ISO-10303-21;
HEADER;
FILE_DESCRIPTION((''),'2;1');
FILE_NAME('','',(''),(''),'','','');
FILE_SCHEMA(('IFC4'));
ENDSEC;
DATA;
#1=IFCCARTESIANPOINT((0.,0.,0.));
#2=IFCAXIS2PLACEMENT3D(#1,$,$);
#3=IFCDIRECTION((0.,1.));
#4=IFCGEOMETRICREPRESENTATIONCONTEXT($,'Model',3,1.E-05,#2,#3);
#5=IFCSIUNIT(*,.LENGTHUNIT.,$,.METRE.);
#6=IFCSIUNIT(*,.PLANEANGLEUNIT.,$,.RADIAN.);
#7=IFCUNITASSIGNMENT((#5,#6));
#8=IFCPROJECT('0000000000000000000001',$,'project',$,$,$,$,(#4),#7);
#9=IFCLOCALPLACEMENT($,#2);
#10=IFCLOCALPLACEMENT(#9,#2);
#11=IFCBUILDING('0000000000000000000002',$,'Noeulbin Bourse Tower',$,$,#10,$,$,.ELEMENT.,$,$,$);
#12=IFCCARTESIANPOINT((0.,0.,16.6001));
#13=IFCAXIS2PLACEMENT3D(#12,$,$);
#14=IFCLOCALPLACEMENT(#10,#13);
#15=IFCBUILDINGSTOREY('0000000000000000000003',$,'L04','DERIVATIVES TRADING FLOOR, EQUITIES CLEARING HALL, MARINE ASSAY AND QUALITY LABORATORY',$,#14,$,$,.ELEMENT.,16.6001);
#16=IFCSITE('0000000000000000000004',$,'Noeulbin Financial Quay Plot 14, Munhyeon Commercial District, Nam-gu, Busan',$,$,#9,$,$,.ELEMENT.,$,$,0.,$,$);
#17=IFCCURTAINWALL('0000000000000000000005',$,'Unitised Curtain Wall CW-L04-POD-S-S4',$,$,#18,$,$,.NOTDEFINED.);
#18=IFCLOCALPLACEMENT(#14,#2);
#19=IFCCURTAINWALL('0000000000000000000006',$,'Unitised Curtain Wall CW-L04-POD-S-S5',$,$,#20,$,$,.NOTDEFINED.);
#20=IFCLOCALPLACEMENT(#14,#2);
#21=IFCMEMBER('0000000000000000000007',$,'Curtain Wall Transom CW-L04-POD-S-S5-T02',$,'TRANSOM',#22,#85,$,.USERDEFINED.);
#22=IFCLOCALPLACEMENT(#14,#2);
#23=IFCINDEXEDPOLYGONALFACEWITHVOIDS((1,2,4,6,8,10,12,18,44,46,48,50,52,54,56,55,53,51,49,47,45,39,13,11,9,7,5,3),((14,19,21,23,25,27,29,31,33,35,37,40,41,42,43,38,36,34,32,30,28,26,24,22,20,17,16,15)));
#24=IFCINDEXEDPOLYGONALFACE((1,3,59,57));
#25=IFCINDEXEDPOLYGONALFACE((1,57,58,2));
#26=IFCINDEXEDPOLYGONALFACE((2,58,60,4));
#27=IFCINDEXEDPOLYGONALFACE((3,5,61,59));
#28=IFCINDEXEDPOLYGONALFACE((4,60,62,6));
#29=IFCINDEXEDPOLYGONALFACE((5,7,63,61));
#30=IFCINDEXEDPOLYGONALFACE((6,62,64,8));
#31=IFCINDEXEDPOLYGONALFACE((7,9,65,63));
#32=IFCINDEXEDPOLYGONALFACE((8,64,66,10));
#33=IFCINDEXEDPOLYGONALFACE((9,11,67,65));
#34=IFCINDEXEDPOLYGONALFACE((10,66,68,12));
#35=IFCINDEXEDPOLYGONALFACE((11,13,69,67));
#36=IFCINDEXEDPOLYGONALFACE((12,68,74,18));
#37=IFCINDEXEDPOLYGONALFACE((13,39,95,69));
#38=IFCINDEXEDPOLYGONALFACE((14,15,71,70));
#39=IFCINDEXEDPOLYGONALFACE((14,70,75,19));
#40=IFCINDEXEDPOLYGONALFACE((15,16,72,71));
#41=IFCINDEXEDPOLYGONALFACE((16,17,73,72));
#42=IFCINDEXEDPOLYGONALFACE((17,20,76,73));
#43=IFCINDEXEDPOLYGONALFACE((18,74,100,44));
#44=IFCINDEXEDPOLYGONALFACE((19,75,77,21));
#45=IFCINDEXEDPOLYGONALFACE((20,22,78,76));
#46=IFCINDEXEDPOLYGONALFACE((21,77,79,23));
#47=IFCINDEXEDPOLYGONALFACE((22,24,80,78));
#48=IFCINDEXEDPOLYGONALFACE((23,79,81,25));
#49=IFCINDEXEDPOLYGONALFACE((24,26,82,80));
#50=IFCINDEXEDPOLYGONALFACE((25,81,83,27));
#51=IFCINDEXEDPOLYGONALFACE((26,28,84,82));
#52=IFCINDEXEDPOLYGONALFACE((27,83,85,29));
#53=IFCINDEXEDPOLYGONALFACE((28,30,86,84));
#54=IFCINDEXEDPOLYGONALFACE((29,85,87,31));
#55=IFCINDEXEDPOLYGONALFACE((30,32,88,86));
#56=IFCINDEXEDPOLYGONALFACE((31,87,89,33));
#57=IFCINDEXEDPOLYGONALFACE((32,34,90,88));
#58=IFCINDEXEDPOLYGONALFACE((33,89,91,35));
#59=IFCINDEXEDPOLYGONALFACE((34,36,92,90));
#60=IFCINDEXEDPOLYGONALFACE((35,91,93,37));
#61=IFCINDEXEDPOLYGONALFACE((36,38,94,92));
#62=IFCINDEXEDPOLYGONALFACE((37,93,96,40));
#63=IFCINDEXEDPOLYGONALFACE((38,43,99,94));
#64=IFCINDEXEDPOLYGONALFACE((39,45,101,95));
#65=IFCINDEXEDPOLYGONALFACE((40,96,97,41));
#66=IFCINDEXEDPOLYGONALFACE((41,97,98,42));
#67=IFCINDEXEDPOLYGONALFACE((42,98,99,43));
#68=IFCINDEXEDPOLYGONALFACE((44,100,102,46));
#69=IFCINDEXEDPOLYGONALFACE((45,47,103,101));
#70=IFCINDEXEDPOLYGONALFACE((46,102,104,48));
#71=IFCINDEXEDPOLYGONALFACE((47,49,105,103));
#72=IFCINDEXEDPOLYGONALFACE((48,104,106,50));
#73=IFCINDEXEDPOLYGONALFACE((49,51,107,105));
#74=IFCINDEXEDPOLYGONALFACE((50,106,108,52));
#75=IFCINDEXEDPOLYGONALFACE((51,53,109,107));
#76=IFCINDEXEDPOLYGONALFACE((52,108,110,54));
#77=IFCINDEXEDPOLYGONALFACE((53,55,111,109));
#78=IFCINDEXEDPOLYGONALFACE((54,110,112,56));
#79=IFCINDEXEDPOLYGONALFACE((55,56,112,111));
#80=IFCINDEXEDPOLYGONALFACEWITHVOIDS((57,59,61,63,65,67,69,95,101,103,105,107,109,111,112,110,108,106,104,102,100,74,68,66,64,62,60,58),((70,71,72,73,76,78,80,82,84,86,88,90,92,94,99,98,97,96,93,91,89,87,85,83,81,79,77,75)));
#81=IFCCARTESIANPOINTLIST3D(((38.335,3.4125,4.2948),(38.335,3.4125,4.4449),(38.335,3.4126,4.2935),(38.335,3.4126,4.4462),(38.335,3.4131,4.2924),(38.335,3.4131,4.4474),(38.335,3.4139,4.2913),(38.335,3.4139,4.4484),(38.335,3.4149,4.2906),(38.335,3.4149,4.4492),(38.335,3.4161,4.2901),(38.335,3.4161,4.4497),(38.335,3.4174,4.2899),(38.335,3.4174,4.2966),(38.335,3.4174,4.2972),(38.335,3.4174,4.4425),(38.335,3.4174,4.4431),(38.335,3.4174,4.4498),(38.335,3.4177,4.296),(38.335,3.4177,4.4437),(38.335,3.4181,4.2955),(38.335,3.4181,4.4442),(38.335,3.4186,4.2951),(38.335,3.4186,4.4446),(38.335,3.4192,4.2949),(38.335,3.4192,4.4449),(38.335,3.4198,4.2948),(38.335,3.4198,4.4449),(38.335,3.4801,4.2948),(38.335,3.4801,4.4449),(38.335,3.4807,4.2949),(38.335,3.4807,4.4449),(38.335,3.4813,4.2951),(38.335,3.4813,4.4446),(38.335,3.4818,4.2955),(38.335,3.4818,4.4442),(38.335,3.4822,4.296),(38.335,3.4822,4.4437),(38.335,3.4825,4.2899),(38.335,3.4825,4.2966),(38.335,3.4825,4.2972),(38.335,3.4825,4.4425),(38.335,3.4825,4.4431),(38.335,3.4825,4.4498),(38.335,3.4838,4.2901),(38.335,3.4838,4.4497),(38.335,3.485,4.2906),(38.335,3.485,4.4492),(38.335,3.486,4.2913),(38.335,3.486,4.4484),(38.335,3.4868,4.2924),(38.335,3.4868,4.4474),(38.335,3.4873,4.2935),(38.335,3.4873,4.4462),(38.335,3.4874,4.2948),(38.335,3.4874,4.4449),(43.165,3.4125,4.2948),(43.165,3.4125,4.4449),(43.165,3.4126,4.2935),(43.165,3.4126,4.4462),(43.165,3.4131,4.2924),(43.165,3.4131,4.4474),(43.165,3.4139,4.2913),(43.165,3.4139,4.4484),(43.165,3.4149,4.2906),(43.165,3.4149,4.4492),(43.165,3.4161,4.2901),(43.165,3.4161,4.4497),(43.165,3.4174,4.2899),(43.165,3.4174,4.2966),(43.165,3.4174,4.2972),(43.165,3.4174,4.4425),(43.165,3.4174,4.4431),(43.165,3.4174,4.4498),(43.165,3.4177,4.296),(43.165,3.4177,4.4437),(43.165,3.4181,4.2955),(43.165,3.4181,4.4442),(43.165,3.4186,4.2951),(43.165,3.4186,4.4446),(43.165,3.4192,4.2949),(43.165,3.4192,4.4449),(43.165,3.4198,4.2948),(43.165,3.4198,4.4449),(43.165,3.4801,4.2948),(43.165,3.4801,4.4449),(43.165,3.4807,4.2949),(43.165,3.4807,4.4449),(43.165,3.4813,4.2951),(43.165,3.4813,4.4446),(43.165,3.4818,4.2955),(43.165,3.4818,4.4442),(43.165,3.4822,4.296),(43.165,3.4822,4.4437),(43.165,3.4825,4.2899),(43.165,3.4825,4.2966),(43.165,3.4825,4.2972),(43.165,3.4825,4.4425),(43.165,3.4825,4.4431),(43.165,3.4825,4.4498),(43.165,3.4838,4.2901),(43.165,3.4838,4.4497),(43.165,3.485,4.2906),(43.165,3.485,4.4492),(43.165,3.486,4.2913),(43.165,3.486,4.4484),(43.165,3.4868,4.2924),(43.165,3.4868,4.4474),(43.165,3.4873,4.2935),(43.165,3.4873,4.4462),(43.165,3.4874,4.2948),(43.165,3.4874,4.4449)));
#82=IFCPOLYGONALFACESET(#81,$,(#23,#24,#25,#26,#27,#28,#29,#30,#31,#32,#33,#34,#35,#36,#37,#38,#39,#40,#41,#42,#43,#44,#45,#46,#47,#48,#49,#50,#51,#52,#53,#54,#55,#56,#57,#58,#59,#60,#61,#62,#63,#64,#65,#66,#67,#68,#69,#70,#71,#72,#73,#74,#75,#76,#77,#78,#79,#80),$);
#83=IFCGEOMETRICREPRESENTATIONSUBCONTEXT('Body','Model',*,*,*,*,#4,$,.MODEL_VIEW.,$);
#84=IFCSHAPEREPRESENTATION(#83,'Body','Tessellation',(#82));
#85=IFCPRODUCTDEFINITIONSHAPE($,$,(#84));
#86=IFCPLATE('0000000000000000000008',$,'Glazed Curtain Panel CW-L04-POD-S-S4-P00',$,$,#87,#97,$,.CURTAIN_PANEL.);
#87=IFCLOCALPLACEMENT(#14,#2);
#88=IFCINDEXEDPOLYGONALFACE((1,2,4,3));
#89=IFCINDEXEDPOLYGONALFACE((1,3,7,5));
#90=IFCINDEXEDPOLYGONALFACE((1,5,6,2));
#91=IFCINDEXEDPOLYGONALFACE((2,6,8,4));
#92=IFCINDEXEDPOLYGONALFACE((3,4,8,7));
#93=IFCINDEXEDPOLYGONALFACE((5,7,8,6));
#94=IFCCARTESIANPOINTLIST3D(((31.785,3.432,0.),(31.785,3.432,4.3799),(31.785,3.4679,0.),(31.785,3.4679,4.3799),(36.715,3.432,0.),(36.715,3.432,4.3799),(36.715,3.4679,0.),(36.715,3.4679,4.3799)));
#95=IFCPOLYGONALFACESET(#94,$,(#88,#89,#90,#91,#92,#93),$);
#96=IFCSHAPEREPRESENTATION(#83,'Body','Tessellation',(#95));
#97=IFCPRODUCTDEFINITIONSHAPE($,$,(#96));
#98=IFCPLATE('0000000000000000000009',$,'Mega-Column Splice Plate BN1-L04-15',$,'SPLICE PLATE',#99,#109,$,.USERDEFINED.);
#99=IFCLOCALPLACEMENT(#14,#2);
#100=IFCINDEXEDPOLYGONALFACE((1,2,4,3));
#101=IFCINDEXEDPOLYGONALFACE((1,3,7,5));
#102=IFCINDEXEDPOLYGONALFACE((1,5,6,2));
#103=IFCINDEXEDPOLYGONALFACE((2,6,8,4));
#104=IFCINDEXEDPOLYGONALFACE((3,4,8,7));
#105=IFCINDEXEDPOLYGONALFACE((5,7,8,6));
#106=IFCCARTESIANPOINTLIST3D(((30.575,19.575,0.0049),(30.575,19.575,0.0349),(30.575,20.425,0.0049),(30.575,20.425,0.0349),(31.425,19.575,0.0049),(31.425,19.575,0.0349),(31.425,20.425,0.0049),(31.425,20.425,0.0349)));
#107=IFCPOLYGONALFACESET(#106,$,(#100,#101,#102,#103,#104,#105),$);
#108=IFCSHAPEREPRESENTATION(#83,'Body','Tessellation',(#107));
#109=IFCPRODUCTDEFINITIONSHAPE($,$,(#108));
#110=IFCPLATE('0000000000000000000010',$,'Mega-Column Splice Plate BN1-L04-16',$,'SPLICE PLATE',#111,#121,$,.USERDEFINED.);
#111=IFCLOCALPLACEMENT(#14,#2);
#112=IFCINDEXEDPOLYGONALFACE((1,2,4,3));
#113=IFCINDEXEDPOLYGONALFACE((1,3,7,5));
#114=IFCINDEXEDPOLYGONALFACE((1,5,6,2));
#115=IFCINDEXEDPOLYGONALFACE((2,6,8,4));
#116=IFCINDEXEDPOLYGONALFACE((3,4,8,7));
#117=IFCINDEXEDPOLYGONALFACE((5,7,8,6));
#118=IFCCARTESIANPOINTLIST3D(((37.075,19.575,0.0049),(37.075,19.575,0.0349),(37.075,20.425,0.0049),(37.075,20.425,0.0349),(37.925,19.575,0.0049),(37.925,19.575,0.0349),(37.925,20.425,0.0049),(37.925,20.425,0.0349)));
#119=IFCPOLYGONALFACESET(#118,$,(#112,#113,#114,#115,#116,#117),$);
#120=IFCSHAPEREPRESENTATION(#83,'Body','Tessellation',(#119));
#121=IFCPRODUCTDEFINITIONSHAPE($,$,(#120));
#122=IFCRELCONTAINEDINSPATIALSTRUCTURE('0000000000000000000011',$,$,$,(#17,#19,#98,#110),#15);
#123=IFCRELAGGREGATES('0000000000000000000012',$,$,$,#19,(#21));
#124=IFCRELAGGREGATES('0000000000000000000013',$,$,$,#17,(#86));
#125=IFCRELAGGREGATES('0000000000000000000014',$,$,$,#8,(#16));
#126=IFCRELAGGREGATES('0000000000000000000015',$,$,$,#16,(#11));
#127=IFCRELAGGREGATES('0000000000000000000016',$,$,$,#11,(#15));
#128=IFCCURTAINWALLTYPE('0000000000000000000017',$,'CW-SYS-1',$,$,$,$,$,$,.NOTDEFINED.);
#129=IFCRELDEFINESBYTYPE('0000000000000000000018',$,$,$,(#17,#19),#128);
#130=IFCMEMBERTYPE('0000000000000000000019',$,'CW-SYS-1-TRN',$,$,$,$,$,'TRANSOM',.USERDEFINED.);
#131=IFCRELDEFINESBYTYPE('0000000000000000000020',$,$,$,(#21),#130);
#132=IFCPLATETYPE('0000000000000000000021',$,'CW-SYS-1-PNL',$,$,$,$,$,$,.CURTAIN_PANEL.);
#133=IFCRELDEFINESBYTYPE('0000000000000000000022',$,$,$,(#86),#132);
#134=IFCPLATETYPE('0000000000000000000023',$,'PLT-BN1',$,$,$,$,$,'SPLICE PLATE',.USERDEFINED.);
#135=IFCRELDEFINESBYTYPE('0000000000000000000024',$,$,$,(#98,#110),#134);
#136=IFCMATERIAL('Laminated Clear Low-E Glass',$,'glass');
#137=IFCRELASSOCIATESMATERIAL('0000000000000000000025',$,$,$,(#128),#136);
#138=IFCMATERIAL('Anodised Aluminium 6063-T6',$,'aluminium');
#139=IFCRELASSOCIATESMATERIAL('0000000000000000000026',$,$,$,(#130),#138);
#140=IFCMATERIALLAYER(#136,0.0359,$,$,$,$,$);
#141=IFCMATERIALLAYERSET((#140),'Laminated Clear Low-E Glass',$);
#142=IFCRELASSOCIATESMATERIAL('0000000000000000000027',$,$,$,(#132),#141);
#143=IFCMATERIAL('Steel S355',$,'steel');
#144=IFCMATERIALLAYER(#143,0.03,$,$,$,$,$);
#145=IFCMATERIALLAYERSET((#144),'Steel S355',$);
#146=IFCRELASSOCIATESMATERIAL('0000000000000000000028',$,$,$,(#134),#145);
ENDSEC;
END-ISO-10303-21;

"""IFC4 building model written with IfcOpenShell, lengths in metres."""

from ifc_helpers import new_model, si_unit, direction, frame, origin, origin_2d, place, context, subcontext, project, spatial, rectangle, hollow_rectangle, extrude, material, layer, layer_set, material_profile, profile_set, type_object, element, aggregate, save


model = new_model("IFC4")

# Units and contexts
model_context = context("Model", 3, precision=1e-05, world=origin(), true_north=direction((0.0, 1.0)))
body_context = subcontext(model_context, "Body", "Model", "MODEL_VIEW")
ifc_project = project(units=[si_unit("LENGTHUNIT", "METRE"), si_unit("PLANEANGLEUNIT", "RADIAN")], contexts=[model_context])

# Site, building, storey
site_placement = place(None, origin())
site = spatial("IfcSite", under=ifc_project, at=site_placement, Name="Noeulbin Financial Quay Plot 14, Munhyeon Commercial District, Nam-gu, Busan", CompositionType="ELEMENT", RefElevation=0.0)
building_placement = place(site_placement, origin())
building = spatial("IfcBuilding", under=site, at=building_placement, Name="Noeulbin Bourse Tower", CompositionType="ELEMENT")
storey_placement = place(building_placement, frame((0.0, 0.0, 16.6001)))
storey = spatial("IfcBuildingStorey", under=building, at=storey_placement, Name="L04", Description="DERIVATIVES TRADING FLOOR, EQUITIES CLEARING HALL, MARINE ASSAY AND QUALITY LABORATORY", CompositionType="ELEMENT", Elevation=16.6001)

# Shared definitions
ifc_material_1 = material(Name="Steel S355", Category="steel")

# Shared definitions
ifc_material_2 = material(Name="Laminated Clear Low-E Glass", Category="glass")
curtain_wall_type = type_object("IfcCurtainWallType", Name="CW-SYS-1", PredefinedType="NOTDEFINED", material=ifc_material_2)
ifc_material_3 = material(Name="Anodised Aluminium 6063-T6", Category="aluminium")

# Curtain wall
curtain_wall_1_placement = place(storey_placement, origin())
curtain_wall_1 = element("IfcCurtainWall", 1, at=curtain_wall_1_placement, inside=storey, type_object=curtain_wall_type, Name="Unitised Curtain Wall CW-L04-POD-S-S4", PredefinedType="NOTDEFINED")

# Curtain wall
curtain_wall_2_placement = place(storey_placement, origin())
curtain_wall_2 = element("IfcCurtainWall", 2, at=curtain_wall_2_placement, inside=storey, type_object=curtain_wall_type, Name="Unitised Curtain Wall CW-L04-POD-S-S5", PredefinedType="NOTDEFINED")

# Member
ifc_material_profile_1 = material_profile(ifc_material_3, hollow_rectangle(XDim=0.075, YDim=0.1599, WallThickness=0.0049, InnerFilletRadius=0.0024, OuterFilletRadius=0.0049, at=origin_2d()), Name="ALU-TRAN-75x160x5", Category="LoadBearing")
ifc_profile_set_1 = profile_set([ifc_material_profile_1], Name="Anodised Aluminium 6063-T6")
member_type_1 = type_object("IfcMemberType", Name="CW-SYS-1-TRN", ElementType="TRANSOM", PredefinedType="USERDEFINED", material=ifc_profile_set_1)
member_1_placement = place(storey_placement, frame((38.335, 3.45, 4.3699), z_axis=(1.0, 0.0, 0.0), x_axis=(0.0, 1.0, 0.0)))
member_1 = element("IfcMember", 3, at=member_1_placement, type_object=member_type_1, Name="Curtain Wall Transom CW-L04-POD-S-S5-T02", ObjectType="TRANSOM", PredefinedType="USERDEFINED", context=body_context, shape_type="SweptSolid", body=[
    extrude(hollow_rectangle(XDim=0.075, YDim=0.1599, WallThickness=0.0049, InnerFilletRadius=0.0024, OuterFilletRadius=0.0049, at=origin_2d()), origin(), (0.0, 0.0, 1.0), 4.8301),
])
aggregate(curtain_wall_2, [member_1])

# Plate
ifc_layer_1 = layer(ifc_material_2, 0.0359)
ifc_layer_set_1 = layer_set([ifc_layer_1], Name="Laminated Clear Low-E Glass")
plate_type_1 = type_object("IfcPlateType", Name="CW-SYS-1-PNL", PredefinedType="CURTAIN_PANEL", material=ifc_layer_set_1)
plate_placement = place(storey_placement, frame((34.25, 3.45, 0.0), z_axis=(0.0, 0.0, 1.0), x_axis=(1.0, 0.0, 0.0)))
plate = element("IfcPlate", 4, at=plate_placement, type_object=plate_type_1, Name="Glazed Curtain Panel CW-L04-POD-S-S4-P00", PredefinedType="CURTAIN_PANEL", context=body_context, shape_type="SweptSolid", body=[
    extrude(rectangle(XDim=4.9299, YDim=0.0359, at=origin_2d()), origin(), (0.0, 0.0, 1.0), 4.3799),
])
aggregate(curtain_wall_1, [plate])

# Plates
ifc_layer_2 = layer(ifc_material_1, 0.03)
ifc_layer_set_2 = layer_set([ifc_layer_2], Name="Steel S355")
plate_type_2 = type_object("IfcPlateType", Name="PLT-BN1", ElementType="SPLICE PLATE", PredefinedType="USERDEFINED", material=ifc_layer_set_2)
for number, where, z_axis, x_axis, name in (
    (5, (31.0, 20.0, 0.0049), (0.0, 0.0, 1.0), (1.0, 0.0, 0.0), "Mega-Column Splice Plate BN1-L04-15"),
    (6, (37.5, 20.0, 0.0049), (0.0, 0.0, 1.0), (1.0, 0.0, 0.0), "Mega-Column Splice Plate BN1-L04-16"),
):
    element("IfcPlate", number, at=place(storey_placement, frame(where, z_axis=z_axis, x_axis=x_axis)), inside=storey, type_object=plate_type_2, Name=name, ObjectType="SPLICE PLATE", PredefinedType="USERDEFINED", context=body_context, shape_type="SweptSolid", body=[
        extrude(rectangle(XDim=0.8501, YDim=0.8501, at=origin_2d()), origin(), (0.0, 0.0, 1.0), 0.03),
    ])

save(model, "model.ifc")
